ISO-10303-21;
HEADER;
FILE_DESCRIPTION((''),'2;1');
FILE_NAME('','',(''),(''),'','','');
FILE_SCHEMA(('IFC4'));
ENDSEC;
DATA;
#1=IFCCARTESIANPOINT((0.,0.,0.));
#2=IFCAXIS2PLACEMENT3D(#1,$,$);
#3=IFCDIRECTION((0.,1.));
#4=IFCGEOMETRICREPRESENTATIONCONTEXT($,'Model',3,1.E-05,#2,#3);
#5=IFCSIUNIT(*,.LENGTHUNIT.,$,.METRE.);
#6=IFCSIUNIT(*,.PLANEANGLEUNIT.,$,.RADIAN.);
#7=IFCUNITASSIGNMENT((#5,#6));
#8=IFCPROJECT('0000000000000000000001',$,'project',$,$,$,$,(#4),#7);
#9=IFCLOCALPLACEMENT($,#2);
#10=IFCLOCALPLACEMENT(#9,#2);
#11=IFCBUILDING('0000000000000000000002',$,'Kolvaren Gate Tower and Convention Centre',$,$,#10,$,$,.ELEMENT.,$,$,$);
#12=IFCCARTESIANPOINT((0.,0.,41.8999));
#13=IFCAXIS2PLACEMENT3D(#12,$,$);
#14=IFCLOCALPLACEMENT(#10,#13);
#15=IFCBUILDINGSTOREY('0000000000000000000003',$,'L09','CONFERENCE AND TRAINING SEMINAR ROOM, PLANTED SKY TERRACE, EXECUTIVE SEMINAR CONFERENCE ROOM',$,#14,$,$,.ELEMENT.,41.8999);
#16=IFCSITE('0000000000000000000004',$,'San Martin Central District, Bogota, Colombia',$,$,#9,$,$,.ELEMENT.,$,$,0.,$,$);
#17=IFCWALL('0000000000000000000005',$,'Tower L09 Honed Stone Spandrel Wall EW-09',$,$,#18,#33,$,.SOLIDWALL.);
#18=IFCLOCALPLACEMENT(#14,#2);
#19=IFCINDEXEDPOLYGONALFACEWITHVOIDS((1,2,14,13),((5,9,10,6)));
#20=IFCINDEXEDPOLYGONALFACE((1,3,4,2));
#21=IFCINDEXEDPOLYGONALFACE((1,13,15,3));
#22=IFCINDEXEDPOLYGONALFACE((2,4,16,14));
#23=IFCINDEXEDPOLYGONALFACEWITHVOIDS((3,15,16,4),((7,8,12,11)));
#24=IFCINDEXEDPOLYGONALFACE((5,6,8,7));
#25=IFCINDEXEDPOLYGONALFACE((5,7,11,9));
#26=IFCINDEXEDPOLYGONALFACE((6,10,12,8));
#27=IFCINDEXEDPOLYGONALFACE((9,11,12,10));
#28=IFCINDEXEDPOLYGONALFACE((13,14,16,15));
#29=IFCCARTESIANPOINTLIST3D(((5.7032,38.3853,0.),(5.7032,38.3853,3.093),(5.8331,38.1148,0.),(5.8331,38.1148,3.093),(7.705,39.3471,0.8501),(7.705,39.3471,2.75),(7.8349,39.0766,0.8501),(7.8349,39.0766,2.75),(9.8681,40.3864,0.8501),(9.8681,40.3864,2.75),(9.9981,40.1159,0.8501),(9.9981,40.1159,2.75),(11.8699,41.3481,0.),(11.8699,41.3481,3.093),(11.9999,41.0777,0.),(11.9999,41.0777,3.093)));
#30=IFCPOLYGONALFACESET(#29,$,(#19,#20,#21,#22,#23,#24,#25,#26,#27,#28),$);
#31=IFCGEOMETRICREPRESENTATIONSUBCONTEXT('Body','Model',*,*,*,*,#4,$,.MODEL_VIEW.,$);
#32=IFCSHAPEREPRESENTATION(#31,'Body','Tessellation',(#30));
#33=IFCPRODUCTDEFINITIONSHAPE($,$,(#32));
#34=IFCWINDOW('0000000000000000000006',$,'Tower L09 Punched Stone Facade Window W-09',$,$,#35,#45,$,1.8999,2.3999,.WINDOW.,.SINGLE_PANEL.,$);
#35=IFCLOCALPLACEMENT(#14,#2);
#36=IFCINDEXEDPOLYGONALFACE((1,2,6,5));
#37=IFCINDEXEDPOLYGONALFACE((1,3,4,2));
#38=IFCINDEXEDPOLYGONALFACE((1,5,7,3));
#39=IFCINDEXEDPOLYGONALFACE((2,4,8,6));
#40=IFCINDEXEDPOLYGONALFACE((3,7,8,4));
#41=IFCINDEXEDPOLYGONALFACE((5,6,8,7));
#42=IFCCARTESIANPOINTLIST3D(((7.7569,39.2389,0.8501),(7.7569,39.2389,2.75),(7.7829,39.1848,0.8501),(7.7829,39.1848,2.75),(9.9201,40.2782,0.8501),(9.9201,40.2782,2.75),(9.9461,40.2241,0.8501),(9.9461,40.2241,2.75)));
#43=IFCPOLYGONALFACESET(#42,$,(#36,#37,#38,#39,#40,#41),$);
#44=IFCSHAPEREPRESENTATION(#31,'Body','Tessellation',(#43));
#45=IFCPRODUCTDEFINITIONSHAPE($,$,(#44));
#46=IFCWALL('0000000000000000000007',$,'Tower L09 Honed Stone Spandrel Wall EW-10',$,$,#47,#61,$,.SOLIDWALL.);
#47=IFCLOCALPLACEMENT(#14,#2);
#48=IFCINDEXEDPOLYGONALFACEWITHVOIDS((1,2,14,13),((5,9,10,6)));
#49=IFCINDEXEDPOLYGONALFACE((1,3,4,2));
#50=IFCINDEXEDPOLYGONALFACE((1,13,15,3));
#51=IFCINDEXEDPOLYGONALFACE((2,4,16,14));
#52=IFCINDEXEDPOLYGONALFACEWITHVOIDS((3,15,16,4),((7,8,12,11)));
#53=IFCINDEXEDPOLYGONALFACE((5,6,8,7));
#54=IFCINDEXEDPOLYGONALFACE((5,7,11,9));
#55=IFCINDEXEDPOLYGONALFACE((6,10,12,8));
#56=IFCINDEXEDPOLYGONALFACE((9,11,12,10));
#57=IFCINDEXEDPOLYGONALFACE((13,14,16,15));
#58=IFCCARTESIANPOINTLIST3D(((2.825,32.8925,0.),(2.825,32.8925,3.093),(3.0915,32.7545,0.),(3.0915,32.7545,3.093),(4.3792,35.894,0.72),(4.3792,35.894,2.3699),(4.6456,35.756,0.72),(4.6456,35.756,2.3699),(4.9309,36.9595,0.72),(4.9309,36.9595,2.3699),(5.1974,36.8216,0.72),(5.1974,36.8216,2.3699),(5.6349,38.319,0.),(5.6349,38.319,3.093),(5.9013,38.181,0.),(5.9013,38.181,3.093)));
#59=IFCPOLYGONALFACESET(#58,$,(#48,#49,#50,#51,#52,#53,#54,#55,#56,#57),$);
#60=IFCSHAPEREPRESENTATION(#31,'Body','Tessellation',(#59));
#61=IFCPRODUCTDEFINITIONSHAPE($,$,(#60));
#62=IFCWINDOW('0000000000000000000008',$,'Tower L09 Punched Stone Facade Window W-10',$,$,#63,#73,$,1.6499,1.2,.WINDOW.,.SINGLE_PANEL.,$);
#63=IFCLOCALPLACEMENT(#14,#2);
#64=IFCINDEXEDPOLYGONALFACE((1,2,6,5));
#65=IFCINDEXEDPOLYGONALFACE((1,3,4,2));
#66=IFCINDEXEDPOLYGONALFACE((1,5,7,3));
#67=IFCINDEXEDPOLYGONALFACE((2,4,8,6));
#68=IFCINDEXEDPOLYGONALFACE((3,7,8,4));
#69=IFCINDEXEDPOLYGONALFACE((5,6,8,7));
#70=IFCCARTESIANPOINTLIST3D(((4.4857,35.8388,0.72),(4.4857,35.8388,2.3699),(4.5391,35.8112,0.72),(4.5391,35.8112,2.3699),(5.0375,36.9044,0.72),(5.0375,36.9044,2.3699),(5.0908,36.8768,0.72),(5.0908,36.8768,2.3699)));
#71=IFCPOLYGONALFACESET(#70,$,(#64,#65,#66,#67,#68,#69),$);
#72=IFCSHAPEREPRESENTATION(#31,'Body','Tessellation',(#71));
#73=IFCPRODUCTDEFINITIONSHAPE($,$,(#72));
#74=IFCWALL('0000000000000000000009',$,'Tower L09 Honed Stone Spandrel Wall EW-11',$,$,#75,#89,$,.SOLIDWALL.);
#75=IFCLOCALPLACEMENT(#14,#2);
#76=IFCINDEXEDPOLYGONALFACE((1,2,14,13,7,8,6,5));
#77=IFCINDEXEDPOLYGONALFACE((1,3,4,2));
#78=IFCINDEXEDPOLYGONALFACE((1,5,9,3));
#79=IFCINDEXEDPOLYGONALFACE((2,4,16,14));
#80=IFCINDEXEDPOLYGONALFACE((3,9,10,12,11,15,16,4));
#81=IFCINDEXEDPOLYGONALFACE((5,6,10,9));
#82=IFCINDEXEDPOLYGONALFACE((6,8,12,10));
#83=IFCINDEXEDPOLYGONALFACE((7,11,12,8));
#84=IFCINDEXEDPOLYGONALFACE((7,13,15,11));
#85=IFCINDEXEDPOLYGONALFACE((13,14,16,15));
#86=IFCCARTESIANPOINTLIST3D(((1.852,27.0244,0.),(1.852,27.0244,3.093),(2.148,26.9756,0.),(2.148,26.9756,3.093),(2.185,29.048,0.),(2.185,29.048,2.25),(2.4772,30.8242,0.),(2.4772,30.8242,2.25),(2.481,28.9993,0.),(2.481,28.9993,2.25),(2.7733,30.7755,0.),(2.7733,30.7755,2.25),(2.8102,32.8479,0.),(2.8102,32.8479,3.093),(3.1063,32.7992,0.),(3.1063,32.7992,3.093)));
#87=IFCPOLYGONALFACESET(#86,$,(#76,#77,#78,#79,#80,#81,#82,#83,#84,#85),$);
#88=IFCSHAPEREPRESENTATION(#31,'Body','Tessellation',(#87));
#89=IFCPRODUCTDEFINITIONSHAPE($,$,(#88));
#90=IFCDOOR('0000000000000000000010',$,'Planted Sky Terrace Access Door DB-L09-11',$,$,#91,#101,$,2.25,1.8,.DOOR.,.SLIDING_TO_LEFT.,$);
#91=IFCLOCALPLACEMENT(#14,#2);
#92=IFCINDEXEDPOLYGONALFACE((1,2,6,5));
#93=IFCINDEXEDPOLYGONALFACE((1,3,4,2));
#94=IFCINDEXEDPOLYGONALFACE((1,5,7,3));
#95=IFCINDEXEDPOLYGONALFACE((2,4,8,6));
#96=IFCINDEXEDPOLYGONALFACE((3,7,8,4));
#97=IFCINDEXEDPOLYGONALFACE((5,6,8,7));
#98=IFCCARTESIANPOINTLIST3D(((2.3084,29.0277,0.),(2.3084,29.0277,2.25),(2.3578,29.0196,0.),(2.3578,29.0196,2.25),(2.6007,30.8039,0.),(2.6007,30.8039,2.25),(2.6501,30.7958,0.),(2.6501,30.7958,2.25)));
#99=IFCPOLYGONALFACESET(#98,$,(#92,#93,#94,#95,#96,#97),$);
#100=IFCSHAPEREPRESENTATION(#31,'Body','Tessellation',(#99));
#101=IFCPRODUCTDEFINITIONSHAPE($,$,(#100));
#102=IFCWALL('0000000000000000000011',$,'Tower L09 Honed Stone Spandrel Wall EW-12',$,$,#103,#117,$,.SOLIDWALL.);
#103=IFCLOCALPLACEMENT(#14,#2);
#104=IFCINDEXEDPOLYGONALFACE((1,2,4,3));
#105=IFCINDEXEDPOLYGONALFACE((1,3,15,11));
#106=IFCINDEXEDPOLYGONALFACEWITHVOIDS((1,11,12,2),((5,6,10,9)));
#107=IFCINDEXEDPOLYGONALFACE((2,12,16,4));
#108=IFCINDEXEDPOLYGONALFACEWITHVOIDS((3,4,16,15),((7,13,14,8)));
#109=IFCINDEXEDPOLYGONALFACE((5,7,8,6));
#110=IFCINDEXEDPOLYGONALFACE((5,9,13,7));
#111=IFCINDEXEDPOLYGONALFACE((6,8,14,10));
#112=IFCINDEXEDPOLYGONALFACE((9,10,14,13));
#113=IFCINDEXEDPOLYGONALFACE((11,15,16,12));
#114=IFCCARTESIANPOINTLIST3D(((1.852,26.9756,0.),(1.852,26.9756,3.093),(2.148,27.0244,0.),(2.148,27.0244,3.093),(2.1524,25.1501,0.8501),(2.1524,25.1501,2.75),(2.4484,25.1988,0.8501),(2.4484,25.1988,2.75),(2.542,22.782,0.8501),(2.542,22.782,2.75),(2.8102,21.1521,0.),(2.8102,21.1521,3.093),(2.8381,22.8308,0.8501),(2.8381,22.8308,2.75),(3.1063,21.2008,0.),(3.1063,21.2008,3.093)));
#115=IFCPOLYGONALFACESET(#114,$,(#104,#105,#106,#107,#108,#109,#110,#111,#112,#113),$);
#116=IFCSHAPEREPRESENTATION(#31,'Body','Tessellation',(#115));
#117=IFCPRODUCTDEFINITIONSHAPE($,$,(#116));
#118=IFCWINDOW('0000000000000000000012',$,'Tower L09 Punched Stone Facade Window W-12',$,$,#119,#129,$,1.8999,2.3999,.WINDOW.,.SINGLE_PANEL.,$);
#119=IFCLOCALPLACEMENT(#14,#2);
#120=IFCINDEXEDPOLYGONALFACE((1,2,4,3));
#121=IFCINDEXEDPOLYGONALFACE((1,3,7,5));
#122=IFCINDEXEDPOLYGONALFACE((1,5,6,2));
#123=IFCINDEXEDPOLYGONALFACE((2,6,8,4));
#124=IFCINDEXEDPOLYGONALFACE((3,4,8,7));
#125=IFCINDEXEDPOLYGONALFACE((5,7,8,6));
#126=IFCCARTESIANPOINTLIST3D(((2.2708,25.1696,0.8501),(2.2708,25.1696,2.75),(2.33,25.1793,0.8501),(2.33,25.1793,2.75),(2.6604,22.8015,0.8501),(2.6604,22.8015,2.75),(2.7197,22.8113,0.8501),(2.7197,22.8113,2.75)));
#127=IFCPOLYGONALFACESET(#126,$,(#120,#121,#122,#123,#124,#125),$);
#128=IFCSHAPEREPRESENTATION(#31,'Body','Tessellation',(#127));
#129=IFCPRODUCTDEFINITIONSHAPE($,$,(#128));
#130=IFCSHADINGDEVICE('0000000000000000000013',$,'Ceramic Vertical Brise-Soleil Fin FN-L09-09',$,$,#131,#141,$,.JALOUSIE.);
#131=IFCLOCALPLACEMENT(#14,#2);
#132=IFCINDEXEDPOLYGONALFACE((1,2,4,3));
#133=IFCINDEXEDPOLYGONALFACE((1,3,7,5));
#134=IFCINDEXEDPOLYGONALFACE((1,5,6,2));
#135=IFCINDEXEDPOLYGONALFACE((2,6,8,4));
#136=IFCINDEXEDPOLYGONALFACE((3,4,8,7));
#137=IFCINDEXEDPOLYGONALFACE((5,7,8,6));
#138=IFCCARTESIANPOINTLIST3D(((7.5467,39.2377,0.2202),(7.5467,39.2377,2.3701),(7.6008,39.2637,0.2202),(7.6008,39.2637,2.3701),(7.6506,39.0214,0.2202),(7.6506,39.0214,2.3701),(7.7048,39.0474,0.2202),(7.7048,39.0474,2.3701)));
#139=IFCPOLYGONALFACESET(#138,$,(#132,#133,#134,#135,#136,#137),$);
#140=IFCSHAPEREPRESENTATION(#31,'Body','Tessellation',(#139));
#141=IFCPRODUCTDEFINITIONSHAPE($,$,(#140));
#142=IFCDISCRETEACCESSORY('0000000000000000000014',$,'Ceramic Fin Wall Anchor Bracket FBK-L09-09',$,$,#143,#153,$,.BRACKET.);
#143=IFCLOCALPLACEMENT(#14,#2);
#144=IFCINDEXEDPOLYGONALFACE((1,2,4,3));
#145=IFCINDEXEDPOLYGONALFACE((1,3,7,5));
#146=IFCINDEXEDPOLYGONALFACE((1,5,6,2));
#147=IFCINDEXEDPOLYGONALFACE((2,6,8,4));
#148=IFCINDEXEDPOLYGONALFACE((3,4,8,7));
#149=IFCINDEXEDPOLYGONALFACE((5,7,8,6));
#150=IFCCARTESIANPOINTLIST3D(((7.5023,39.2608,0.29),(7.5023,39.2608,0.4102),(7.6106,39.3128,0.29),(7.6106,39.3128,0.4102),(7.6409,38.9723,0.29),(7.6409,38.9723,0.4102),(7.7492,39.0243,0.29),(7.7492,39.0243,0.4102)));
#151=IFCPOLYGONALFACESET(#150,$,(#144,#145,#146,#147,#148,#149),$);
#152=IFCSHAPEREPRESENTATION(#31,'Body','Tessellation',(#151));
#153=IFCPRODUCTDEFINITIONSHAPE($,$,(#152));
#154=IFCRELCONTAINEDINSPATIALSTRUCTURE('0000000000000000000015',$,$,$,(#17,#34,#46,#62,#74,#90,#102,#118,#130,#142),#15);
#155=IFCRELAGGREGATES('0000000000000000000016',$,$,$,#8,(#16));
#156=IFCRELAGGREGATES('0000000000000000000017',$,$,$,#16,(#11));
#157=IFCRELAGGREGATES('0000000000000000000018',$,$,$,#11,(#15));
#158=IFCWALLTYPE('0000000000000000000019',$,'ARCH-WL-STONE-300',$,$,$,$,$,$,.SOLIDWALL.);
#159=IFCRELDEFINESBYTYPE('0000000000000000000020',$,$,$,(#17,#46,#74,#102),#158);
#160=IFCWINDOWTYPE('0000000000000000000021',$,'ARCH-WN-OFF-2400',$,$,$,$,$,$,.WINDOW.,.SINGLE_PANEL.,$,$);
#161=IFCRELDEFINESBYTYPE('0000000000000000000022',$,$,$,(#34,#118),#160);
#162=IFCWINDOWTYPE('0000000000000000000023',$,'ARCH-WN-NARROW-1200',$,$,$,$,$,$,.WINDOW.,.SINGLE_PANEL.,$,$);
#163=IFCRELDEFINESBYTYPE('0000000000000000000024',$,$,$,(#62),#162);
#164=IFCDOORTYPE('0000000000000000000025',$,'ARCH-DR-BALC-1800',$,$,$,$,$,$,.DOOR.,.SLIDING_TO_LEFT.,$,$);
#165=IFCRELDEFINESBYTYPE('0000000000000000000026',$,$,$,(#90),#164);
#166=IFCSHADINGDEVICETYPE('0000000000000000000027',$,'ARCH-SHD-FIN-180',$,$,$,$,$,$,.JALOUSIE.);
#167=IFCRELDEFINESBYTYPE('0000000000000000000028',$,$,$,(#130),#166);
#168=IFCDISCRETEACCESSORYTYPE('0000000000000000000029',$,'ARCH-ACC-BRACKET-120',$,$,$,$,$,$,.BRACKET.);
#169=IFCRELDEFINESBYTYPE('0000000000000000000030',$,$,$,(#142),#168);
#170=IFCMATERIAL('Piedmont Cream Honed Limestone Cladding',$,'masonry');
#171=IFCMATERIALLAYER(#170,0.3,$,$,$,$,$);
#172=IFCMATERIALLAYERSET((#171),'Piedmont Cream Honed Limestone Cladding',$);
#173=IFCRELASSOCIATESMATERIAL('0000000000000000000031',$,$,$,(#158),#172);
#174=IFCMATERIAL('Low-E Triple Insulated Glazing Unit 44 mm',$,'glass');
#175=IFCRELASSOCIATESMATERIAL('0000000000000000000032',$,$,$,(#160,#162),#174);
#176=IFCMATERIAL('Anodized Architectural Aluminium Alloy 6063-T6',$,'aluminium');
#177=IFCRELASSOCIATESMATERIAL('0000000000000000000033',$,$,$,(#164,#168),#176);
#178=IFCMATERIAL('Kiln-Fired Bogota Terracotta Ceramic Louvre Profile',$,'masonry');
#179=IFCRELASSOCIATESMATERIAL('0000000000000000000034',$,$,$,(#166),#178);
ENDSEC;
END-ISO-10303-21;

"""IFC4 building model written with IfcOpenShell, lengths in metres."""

from ifc_helpers import new_model, si_unit, direction, frame, frame_2d, origin, origin_2d, place, context, subcontext, project, spatial, rectangle, extrude, material, layer, layer_set, type_object, element, fill, save


model = new_model("IFC4")

# Units and contexts
model_context = context("Model", 3, precision=1e-05, world=origin(), true_north=direction((0.0, 1.0)))
body_context = subcontext(model_context, "Body", "Model", "MODEL_VIEW")
ifc_project = project(units=[si_unit("LENGTHUNIT", "METRE"), si_unit("PLANEANGLEUNIT", "RADIAN")], contexts=[model_context])

# Site, building, storey
site_placement = place(None, origin())
site = spatial("IfcSite", under=ifc_project, at=site_placement, Name="San Martin Central District, Bogota, Colombia", CompositionType="ELEMENT", RefElevation=0.0)
building_placement = place(site_placement, origin())
building = spatial("IfcBuilding", under=site, at=building_placement, Name="Kolvaren Gate Tower and Convention Centre", CompositionType="ELEMENT")
storey_placement = place(building_placement, frame((0.0, 0.0, 41.8999)))
storey = spatial("IfcBuildingStorey", under=building, at=storey_placement, Name="L09", Description="CONFERENCE AND TRAINING SEMINAR ROOM, PLANTED SKY TERRACE, EXECUTIVE SEMINAR CONFERENCE ROOM", CompositionType="ELEMENT", Elevation=41.8999)

# Shared definitions
ifc_material_1 = material(Name="Piedmont Cream Honed Limestone Cladding", Category="masonry")

# Walls, openings, windows
ifc_layer_1 = layer(ifc_material_1, 0.3)
ifc_layer_set_1 = layer_set([ifc_layer_1], Name="Piedmont Cream Honed Limestone Cladding")
wall_type_1 = type_object("IfcWallType", Name="ARCH-WL-STONE-300", PredefinedType="SOLIDWALL", material=ifc_layer_set_1)
wall_1_placement = place(storey_placement, frame((5.7681, 38.25, 0.0), z_axis=(0.0, 0.0, 1.0), x_axis=(0.90136, 0.43307, 0.0)))
wall_1 = element("IfcWall", 1, at=wall_1_placement, inside=storey, type_object=wall_type_1, Name="Tower L09 Honed Stone Spandrel Wall EW-09", PredefinedType="SOLIDWALL", context=body_context, shape_type="SweptSolid", body=[
    extrude(rectangle(XDim=6.8416, YDim=0.3, at=frame_2d((3.4209, 0.0))), origin(), (0.0, 0.0, 1.0), 3.093),
])
opening_1_placement = place(wall_1_placement, frame((2.2209, 0.0, 0.8501)))
opening_1 = element("IfcOpeningElement", 2, at=opening_1_placement, cuts=wall_1, PredefinedType="OPENING", context=body_context, shape_type="SweptSolid", body=[
    extrude(rectangle(XDim=2.3999, YDim=1.8999, at=frame_2d((1.2, 0.95))), frame((0.0, 0.1599, 0.0), z_axis=(0.0, -1.0, 0.0), x_axis=(1.0, 0.0, 0.0)), (0.0, 0.0, 1.0), 0.3201),
])
ifc_material_2 = material(Name="Low-E Triple Insulated Glazing Unit 44 mm", Category="glass")
window_type_1 = type_object("IfcWindowType", Name="ARCH-WN-OFF-2400", PartitioningType="SINGLE_PANEL", PredefinedType="WINDOW", material=ifc_material_2)
window_1_placement = place(opening_1_placement, origin())
window_1 = element("IfcWindow", 3, at=window_1_placement, inside=storey, type_object=window_type_1, Name="Tower L09 Punched Stone Facade Window W-09", OverallHeight=1.8999, OverallWidth=2.3999, PartitioningType="SINGLE_PANEL", PredefinedType="WINDOW", context=body_context, shape_type="SweptSolid", body=[
    extrude(rectangle(XDim=2.3999, YDim=1.8999, at=frame_2d((1.2, 0.95))), frame((0.0, 0.03, 0.0), z_axis=(0.0, -1.0, 0.0), x_axis=(1.0, 0.0, 0.0)), (0.0, 0.0, 1.0), 0.0601),
])
fill(opening_1, window_1)
wall_2_placement = place(storey_placement, frame((2.9583, 32.8235, 0.0), z_axis=(0.0, 0.0, 1.0), x_axis=(0.45981, 0.888017, 0.0)))
wall_2 = element("IfcWall", 4, at=wall_2_placement, inside=storey, type_object=wall_type_1, Name="Tower L09 Honed Stone Spandrel Wall EW-10", PredefinedType="SOLIDWALL", context=body_context, shape_type="SweptSolid", body=[
    extrude(rectangle(XDim=6.1108, YDim=0.3, at=frame_2d((3.0554, 0.0))), origin(), (0.0, 0.0, 1.0), 3.093),
])
opening_2_placement = place(wall_2_placement, frame((3.3799, 0.0, 0.72)))
opening_2 = element("IfcOpeningElement", 5, at=opening_2_placement, cuts=wall_2, PredefinedType="OPENING", context=body_context, shape_type="SweptSolid", body=[
    extrude(rectangle(XDim=1.2, YDim=1.6499, at=frame_2d((0.6001, 0.825))), frame((0.0, 0.1599, 0.0), z_axis=(0.0, -1.0, 0.0), x_axis=(1.0, 0.0, 0.0)), (0.0, 0.0, 1.0), 0.3201),
])
window_type_2 = type_object("IfcWindowType", Name="ARCH-WN-NARROW-1200", PartitioningType="SINGLE_PANEL", PredefinedType="WINDOW", material=ifc_material_2)
window_2_placement = place(opening_2_placement, origin())
window_2 = element("IfcWindow", 6, at=window_2_placement, inside=storey, type_object=window_type_2, Name="Tower L09 Punched Stone Facade Window W-10", OverallHeight=1.6499, OverallWidth=1.2, PartitioningType="SINGLE_PANEL", PredefinedType="WINDOW", context=body_context, shape_type="SweptSolid", body=[
    extrude(rectangle(XDim=1.2, YDim=1.6499, at=frame_2d((0.6001, 0.825))), frame((0.0, 0.03, 0.0), z_axis=(0.0, -1.0, 0.0), x_axis=(1.0, 0.0, 0.0)), (0.0, 0.0, 1.0), 0.0601),
])
fill(opening_2, window_2)

# Wall, opening, door
wall_3_placement = place(storey_placement, frame((2.0, 27.0, 0.0), z_axis=(0.0, 0.0, 1.0), x_axis=(0.162366, 0.986731, 0.0)))
wall_3 = element("IfcWall", 7, at=wall_3_placement, inside=storey, type_object=wall_type_1, Name="Tower L09 Honed Stone Spandrel Wall EW-11", PredefinedType="SOLIDWALL", context=body_context, shape_type="SweptSolid", body=[
    extrude(rectangle(XDim=5.9019, YDim=0.3, at=frame_2d((2.9509, 0.0))), origin(), (0.0, 0.0, 1.0), 3.093),
])
opening_3_placement = place(wall_3_placement, frame((2.051, 0.0, 0.0)))
opening_3 = element("IfcOpeningElement", 8, at=opening_3_placement, cuts=wall_3, PredefinedType="OPENING", context=body_context, shape_type="SweptSolid", body=[
    extrude(rectangle(XDim=1.8, YDim=2.25, at=frame_2d((0.8999, 1.125))), frame((0.0, 0.1599, 0.0), z_axis=(0.0, -1.0, 0.0), x_axis=(1.0, 0.0, 0.0)), (0.0, 0.0, 1.0), 0.3201),
])
ifc_material_3 = material(Name="Anodized Architectural Aluminium Alloy 6063-T6", Category="aluminium")
door_type = type_object("IfcDoorType", Name="ARCH-DR-BALC-1800", OperationType="SLIDING_TO_LEFT", PredefinedType="DOOR", material=ifc_material_3)
door_placement = place(opening_3_placement, origin())
door = element("IfcDoor", 9, at=door_placement, inside=storey, type_object=door_type, Name="Planted Sky Terrace Access Door DB-L09-11", OperationType="SLIDING_TO_LEFT", OverallHeight=2.25, OverallWidth=1.8, PredefinedType="DOOR", context=body_context, shape_type="SweptSolid", body=[
    extrude(rectangle(XDim=1.8, YDim=2.25, at=frame_2d((0.8999, 1.125))), frame((0.0, 0.0249, 0.0), z_axis=(0.0, -1.0, 0.0), x_axis=(1.0, 0.0, 0.0)), (0.0, 0.0, 1.0), 0.05),
])
fill(opening_3, door)

# Wall, opening, window
wall_4_placement = place(storey_placement, frame((2.0, 27.0, 0.0), z_axis=(0.0, 0.0, 1.0), x_axis=(0.162366, -0.986731, 0.0)))
wall_4 = element("IfcWall", 10, at=wall_4_placement, inside=storey, type_object=wall_type_1, Name="Tower L09 Honed Stone Spandrel Wall EW-12", PredefinedType="SOLIDWALL", context=body_context, shape_type="SweptSolid", body=[
    extrude(rectangle(XDim=5.9019, YDim=0.3, at=frame_2d((2.9509, 0.0))), origin(), (0.0, 0.0, 1.0), 3.093),
])
opening_4_placement = place(wall_4_placement, frame((1.8501, 0.0, 0.8501)))
opening_4 = element("IfcOpeningElement", 11, at=opening_4_placement, cuts=wall_4, PredefinedType="OPENING", context=body_context, shape_type="SweptSolid", body=[
    extrude(rectangle(XDim=2.3999, YDim=1.8999, at=frame_2d((1.2, 0.95))), frame((0.0, 0.1599, 0.0), z_axis=(0.0, -1.0, 0.0), x_axis=(1.0, 0.0, 0.0)), (0.0, 0.0, 1.0), 0.3201),
])
window_3_placement = place(opening_4_placement, origin())
window_3 = element("IfcWindow", 12, at=window_3_placement, inside=storey, type_object=window_type_1, Name="Tower L09 Punched Stone Facade Window W-12", OverallHeight=1.8999, OverallWidth=2.3999, PartitioningType="SINGLE_PANEL", PredefinedType="WINDOW", context=body_context, shape_type="SweptSolid", body=[
    extrude(rectangle(XDim=2.3999, YDim=1.8999, at=frame_2d((1.2, 0.95))), frame((0.0, 0.03, 0.0), z_axis=(0.0, -1.0, 0.0), x_axis=(1.0, 0.0, 0.0)), (0.0, 0.0, 1.0), 0.0601),
])
fill(opening_4, window_3)

# Shading device
ifc_material_4 = material(Name="Kiln-Fired Bogota Terracotta Ceramic Louvre Profile", Category="masonry")
shading_device_type = type_object("IfcShadingDeviceType", Name="ARCH-SHD-FIN-180", PredefinedType="JALOUSIE", material=ifc_material_4)
shading_device_placement = place(storey_placement, frame((7.6257, 39.1426, 0.2202), z_axis=(0.0, 0.0, 1.0), x_axis=(0.901364, 0.433061, 0.0)))
element("IfcShadingDevice", 13, at=shading_device_placement, inside=storey, type_object=shading_device_type, Name="Ceramic Vertical Brise-Soleil Fin FN-L09-09", PredefinedType="JALOUSIE", context=body_context, shape_type="SweptSolid", body=[
    extrude(rectangle(XDim=0.0601, YDim=0.24, at=origin_2d()), origin(), (0.0, 0.0, 1.0), 2.1499),
])

# Discrete accessory
discrete_accessory_type = type_object("IfcDiscreteAccessoryType", Name="ARCH-ACC-BRACKET-120", PredefinedType="BRACKET", material=ifc_material_3)
discrete_accessory_placement = place(storey_placement, frame((7.6257, 39.1426, 0.29), z_axis=(0.0, 0.0, 1.0), x_axis=(0.901364, 0.433061, 0.0)))
element("IfcDiscreteAccessory", 14, at=discrete_accessory_placement, inside=storey, type_object=discrete_accessory_type, Name="Ceramic Fin Wall Anchor Bracket FBK-L09-09", PredefinedType="BRACKET", context=body_context, shape_type="SweptSolid", body=[
    extrude(rectangle(XDim=0.1201, YDim=0.3201, at=origin_2d()), origin(), (0.0, 0.0, 1.0), 0.1201),
])

save(model, "model.ifc")
